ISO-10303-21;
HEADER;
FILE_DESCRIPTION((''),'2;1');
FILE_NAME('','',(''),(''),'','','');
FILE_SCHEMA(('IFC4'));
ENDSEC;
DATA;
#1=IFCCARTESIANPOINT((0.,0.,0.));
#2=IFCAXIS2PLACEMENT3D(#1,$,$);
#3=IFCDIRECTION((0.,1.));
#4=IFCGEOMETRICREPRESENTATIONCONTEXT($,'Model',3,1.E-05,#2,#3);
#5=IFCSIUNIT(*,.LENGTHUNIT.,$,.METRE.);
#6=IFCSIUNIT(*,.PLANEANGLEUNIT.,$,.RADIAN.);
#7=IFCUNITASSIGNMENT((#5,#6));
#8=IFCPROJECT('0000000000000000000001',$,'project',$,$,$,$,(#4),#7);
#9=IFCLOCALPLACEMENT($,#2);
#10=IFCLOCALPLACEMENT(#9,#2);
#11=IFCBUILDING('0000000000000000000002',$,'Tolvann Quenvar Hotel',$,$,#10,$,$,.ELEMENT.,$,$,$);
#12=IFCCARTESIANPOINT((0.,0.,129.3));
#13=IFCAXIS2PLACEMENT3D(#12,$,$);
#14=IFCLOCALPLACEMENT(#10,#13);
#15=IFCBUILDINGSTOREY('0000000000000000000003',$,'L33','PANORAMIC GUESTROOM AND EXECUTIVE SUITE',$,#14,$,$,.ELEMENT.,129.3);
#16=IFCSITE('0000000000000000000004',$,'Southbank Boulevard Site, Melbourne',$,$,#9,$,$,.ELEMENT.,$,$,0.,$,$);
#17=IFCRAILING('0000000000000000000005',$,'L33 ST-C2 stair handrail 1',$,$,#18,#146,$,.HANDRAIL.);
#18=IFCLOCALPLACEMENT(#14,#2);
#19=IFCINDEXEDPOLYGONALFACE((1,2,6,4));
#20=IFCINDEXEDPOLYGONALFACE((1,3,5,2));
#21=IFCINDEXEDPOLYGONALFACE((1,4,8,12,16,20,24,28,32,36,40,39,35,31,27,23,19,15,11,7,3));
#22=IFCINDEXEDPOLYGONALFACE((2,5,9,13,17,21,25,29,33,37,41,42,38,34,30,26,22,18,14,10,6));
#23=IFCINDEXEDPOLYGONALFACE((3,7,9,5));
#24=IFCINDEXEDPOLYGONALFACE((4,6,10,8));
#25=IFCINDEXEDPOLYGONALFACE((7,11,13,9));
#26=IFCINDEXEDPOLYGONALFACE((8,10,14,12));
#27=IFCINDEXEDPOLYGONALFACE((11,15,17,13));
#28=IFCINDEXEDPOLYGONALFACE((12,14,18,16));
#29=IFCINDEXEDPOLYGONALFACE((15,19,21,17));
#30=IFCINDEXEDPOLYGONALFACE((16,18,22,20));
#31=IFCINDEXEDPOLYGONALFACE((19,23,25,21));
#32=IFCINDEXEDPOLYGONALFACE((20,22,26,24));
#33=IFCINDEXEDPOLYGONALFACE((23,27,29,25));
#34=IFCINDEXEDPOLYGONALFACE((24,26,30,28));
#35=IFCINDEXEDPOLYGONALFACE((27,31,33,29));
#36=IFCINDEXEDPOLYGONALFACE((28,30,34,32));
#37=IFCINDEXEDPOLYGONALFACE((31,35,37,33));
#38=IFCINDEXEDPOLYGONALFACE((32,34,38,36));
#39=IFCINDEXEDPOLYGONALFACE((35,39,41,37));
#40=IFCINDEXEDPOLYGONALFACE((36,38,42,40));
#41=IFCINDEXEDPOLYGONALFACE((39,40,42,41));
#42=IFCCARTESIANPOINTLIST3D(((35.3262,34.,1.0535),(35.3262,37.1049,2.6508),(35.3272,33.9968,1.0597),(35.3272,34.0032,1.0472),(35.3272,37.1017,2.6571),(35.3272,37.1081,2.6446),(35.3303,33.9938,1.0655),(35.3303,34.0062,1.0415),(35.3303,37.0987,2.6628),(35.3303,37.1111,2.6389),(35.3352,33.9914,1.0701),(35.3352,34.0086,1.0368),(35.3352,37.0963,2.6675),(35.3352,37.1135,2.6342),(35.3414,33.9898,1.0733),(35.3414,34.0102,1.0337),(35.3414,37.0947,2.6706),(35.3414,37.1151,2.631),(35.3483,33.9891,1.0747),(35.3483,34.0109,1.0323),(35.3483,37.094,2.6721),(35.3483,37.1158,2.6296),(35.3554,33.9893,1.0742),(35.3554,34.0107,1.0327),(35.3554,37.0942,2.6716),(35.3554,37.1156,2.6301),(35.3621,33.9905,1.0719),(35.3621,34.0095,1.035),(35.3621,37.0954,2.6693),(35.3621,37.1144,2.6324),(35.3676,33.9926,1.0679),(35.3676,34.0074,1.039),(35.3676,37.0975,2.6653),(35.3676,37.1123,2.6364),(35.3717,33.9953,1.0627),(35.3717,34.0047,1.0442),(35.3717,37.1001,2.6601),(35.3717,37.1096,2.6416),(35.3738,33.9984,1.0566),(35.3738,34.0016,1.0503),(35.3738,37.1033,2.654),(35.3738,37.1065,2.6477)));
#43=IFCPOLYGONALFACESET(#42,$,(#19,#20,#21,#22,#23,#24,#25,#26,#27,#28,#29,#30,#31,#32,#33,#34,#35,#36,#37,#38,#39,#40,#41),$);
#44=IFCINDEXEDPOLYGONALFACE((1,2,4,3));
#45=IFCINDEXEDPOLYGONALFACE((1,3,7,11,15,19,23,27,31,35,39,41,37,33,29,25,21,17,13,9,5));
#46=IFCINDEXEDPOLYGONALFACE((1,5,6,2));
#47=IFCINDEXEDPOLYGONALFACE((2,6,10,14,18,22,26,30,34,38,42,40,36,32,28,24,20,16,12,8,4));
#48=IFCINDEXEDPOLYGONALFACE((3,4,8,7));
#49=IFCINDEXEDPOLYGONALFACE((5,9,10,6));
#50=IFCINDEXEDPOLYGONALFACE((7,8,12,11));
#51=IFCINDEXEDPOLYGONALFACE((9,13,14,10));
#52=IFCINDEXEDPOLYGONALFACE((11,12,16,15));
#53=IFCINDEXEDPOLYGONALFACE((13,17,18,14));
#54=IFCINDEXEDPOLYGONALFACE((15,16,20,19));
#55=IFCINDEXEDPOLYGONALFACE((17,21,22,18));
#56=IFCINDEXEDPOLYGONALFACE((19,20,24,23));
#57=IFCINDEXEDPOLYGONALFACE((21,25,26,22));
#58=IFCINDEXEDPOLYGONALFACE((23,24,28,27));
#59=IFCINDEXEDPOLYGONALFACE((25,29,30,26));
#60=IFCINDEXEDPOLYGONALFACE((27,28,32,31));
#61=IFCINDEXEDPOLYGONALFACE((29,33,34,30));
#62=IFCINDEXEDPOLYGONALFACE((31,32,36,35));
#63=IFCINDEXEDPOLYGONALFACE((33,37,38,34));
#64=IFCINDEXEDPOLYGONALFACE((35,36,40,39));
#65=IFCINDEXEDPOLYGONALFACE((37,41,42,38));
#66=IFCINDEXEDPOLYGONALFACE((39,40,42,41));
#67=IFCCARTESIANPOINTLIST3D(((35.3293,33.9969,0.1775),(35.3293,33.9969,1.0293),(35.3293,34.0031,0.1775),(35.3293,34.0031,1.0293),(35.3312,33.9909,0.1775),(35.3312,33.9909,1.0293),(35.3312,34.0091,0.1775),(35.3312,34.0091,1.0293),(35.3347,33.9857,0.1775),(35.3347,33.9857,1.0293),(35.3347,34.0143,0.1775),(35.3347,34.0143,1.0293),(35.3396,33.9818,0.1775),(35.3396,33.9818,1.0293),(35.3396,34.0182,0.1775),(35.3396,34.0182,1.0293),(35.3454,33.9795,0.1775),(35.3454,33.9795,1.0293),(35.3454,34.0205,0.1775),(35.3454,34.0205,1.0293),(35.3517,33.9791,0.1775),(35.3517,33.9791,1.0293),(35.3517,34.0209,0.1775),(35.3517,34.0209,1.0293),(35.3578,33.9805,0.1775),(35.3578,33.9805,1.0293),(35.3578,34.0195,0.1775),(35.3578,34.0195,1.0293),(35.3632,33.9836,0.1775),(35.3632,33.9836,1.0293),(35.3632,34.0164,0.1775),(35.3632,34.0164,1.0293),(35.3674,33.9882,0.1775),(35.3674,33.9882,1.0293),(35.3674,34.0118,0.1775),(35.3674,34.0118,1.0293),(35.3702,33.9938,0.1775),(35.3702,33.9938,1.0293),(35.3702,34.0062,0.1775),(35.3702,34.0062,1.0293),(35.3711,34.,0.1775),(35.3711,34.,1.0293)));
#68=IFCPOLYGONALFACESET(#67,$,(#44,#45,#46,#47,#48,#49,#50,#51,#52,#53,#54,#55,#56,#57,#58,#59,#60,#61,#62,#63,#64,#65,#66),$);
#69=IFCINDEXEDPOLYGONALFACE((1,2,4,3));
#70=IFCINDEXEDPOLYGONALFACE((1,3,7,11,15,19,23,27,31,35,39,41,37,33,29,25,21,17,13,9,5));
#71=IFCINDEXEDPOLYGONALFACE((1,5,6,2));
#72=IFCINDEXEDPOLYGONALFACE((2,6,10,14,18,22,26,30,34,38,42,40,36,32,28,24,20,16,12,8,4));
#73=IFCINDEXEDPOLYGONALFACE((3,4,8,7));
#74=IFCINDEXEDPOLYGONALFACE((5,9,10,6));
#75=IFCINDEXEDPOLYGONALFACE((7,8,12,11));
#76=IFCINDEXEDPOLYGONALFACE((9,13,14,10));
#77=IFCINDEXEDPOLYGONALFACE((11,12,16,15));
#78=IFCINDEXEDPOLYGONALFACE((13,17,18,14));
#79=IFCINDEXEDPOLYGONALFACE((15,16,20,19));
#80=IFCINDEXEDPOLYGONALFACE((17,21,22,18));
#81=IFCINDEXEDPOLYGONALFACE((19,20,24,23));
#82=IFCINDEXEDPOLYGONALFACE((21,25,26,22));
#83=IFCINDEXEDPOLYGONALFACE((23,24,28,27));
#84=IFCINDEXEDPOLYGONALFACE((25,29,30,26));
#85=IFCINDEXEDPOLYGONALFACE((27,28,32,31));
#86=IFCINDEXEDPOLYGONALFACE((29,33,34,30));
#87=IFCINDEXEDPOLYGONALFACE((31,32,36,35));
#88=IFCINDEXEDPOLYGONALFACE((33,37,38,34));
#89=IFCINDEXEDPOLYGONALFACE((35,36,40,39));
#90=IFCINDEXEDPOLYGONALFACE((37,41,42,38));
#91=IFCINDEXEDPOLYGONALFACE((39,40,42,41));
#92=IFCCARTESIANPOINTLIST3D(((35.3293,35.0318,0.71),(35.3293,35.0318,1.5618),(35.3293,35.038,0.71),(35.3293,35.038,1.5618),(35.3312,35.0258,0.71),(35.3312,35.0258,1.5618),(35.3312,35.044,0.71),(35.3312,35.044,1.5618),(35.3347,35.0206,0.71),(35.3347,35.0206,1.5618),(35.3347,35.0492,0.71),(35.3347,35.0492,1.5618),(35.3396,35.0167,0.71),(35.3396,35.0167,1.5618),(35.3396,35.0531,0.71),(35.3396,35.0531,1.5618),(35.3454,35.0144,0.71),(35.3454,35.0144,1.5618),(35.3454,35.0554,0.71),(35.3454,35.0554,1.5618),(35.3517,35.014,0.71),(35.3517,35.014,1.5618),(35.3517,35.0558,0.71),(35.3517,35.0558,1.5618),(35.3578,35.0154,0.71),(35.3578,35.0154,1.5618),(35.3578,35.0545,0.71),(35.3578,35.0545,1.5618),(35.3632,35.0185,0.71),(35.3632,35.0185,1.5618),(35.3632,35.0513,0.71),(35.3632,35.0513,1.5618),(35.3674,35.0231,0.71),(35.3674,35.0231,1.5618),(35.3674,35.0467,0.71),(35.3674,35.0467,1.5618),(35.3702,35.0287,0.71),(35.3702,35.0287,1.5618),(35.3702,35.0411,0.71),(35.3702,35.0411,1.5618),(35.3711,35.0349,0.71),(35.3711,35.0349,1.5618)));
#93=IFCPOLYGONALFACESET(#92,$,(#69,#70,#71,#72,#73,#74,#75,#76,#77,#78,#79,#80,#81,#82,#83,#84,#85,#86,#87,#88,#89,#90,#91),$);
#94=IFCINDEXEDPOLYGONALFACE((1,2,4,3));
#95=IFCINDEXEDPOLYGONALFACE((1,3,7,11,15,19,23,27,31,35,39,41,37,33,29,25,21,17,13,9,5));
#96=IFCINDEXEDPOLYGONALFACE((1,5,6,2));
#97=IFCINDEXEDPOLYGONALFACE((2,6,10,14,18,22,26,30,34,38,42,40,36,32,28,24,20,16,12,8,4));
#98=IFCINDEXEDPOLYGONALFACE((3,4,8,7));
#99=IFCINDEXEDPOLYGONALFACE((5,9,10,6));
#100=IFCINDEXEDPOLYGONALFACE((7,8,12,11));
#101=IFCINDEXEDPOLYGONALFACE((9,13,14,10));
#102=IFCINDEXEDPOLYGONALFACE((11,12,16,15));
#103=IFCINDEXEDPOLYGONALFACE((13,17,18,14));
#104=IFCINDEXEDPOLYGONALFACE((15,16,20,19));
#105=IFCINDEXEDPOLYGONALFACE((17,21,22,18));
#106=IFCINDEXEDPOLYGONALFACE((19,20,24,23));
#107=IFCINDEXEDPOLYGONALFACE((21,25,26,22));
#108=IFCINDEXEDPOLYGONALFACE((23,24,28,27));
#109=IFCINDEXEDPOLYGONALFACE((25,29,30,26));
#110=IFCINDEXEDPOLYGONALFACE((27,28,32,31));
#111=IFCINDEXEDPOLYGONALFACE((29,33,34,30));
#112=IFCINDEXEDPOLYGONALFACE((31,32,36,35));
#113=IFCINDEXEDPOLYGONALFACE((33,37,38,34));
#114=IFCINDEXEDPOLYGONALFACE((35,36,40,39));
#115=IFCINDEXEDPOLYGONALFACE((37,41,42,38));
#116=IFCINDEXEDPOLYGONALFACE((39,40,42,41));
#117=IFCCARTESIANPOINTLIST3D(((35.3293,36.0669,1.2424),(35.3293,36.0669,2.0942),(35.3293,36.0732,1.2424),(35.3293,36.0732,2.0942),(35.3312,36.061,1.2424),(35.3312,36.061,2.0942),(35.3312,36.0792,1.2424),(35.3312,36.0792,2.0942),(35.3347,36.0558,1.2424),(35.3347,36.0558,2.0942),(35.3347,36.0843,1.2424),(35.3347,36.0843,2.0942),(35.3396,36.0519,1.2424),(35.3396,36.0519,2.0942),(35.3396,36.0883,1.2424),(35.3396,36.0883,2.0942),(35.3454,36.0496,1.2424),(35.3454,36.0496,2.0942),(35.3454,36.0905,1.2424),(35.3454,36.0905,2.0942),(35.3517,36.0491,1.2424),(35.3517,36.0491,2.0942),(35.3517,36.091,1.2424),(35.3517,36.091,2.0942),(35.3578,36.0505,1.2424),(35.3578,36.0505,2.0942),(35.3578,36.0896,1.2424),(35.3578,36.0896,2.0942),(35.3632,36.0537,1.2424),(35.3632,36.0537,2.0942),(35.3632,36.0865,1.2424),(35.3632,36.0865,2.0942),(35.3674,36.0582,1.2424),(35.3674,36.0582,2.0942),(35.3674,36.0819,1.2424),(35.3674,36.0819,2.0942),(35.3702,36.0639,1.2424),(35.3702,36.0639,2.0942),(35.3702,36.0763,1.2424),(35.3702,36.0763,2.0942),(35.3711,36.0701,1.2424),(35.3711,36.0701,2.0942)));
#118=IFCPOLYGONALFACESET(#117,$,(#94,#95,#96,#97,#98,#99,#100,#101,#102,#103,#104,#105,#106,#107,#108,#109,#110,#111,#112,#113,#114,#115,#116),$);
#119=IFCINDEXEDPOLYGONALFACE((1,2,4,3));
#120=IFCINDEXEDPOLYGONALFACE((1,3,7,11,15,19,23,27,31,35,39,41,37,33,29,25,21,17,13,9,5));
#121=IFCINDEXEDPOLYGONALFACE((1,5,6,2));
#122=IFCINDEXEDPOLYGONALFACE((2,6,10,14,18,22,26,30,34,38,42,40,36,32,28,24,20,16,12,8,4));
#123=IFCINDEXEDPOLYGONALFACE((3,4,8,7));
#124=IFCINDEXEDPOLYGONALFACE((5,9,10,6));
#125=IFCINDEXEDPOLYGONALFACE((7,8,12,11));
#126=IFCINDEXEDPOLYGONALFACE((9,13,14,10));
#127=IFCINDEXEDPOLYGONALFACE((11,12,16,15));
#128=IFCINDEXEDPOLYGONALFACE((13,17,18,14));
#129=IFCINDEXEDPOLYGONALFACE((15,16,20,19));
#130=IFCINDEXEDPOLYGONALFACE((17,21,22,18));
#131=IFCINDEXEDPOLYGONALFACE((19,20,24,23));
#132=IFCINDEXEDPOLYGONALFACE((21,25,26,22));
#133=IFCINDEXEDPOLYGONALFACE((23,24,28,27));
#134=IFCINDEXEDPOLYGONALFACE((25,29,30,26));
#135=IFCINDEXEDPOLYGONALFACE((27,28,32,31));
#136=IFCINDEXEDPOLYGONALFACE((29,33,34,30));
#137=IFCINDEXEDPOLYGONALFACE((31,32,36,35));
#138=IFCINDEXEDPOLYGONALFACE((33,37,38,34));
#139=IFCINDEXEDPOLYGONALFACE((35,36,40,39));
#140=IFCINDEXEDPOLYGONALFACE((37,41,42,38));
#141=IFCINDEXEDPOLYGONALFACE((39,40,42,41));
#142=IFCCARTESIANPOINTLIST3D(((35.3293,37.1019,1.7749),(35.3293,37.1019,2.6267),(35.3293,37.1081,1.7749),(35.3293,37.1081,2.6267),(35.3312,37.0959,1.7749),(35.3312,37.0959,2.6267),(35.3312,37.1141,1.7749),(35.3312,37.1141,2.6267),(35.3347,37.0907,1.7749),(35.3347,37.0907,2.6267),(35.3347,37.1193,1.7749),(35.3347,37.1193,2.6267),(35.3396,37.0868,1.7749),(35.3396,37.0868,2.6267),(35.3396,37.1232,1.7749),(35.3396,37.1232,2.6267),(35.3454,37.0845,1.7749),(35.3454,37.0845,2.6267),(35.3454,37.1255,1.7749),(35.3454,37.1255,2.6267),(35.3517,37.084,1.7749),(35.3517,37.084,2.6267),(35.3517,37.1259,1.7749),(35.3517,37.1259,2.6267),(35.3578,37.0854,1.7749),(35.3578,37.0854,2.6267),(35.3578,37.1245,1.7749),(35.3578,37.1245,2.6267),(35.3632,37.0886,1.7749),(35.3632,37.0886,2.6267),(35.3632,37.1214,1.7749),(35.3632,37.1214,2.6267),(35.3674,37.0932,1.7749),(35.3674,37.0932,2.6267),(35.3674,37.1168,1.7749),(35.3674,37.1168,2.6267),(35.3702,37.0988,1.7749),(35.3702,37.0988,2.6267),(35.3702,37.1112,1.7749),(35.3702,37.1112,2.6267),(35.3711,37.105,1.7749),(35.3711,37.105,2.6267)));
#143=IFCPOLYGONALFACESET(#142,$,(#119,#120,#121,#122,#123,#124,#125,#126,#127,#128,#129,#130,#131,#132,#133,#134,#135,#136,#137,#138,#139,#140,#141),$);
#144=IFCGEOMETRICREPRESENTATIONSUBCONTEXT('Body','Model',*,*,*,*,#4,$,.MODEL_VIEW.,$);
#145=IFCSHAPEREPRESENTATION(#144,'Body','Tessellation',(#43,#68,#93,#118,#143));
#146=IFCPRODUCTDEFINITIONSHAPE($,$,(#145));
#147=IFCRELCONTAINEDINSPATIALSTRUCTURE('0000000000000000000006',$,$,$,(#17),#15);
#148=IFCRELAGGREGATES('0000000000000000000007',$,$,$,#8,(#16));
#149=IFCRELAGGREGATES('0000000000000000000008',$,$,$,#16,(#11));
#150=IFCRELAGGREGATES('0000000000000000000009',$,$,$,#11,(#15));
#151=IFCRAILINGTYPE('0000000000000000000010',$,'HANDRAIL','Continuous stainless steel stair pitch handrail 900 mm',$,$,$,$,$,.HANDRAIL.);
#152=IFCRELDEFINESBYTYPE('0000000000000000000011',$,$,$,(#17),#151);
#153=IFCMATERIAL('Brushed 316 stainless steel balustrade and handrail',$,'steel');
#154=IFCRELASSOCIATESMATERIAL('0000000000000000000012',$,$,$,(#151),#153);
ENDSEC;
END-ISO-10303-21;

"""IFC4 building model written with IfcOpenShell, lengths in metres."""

from ifc_helpers import new_model, si_unit, direction, frame, origin, origin_2d, place, context, subcontext, project, spatial, circle, extrude, material, type_object, element, save


model = new_model("IFC4")

# Units and contexts
model_context = context("Model", 3, precision=1e-05, world=origin(), true_north=direction((0.0, 1.0)))
body_context = subcontext(model_context, "Body", "Model", "MODEL_VIEW")
ifc_project = project(units=[si_unit("LENGTHUNIT", "METRE"), si_unit("PLANEANGLEUNIT", "RADIAN")], contexts=[model_context])

# Site, building, storey
site_placement = place(None, origin())
site = spatial("IfcSite", under=ifc_project, at=site_placement, Name="Southbank Boulevard Site, Melbourne", CompositionType="ELEMENT", RefElevation=0.0)
building_placement = place(site_placement, origin())
building = spatial("IfcBuilding", under=site, at=building_placement, Name="Tolvann Quenvar Hotel", CompositionType="ELEMENT")
storey_placement = place(building_placement, frame((0.0, 0.0, 129.3)))
storey = spatial("IfcBuildingStorey", under=building, at=storey_placement, Name="L33", Description="PANORAMIC GUESTROOM AND EXECUTIVE SUITE", CompositionType="ELEMENT", Elevation=129.3)

# Railing
ifc_material_1 = material(Name="Brushed 316 stainless steel balustrade and handrail", Category="steel")
railing_type_1 = type_object("IfcRailingType", Name="HANDRAIL", Description="Continuous stainless steel stair pitch handrail 900 mm", PredefinedType="HANDRAIL", material=ifc_material_1)
railing_1_placement = place(storey_placement, frame((35.3501, 34.0, 0.1775)))
element("IfcRailing", 1, at=railing_1_placement, inside=storey, type_object=railing_type_1, Name="L33 ST-C2 stair handrail 1", PredefinedType="HANDRAIL", context=body_context, shape_type="SweptSolid", body=[
    extrude(circle(Radius=0.0239, at=origin_2d()), frame((0.0, 0.0, 0.876), z_axis=(0.0, 0.889222, 0.457476), x_axis=(-1.0, 0.0, 0.0)), (0.0, 0.0, 1.0), 3.4917),
    extrude(circle(Radius=0.021, at=origin_2d()), origin(), (0.0, 0.0, 1.0), 0.8518),
    extrude(circle(Radius=0.021, at=origin_2d()), frame((0.0, 1.0349, 0.5325)), (0.0, 0.0, 1.0), 0.8518),
    extrude(circle(Radius=0.021, at=origin_2d()), frame((0.0, 2.0701, 1.0649)), (0.0, 0.0, 1.0), 0.8518),
    extrude(circle(Radius=0.021, at=origin_2d()), frame((0.0, 3.105, 1.5974)), (0.0, 0.0, 1.0), 0.8518),
])

save(model, "model.ifc")
